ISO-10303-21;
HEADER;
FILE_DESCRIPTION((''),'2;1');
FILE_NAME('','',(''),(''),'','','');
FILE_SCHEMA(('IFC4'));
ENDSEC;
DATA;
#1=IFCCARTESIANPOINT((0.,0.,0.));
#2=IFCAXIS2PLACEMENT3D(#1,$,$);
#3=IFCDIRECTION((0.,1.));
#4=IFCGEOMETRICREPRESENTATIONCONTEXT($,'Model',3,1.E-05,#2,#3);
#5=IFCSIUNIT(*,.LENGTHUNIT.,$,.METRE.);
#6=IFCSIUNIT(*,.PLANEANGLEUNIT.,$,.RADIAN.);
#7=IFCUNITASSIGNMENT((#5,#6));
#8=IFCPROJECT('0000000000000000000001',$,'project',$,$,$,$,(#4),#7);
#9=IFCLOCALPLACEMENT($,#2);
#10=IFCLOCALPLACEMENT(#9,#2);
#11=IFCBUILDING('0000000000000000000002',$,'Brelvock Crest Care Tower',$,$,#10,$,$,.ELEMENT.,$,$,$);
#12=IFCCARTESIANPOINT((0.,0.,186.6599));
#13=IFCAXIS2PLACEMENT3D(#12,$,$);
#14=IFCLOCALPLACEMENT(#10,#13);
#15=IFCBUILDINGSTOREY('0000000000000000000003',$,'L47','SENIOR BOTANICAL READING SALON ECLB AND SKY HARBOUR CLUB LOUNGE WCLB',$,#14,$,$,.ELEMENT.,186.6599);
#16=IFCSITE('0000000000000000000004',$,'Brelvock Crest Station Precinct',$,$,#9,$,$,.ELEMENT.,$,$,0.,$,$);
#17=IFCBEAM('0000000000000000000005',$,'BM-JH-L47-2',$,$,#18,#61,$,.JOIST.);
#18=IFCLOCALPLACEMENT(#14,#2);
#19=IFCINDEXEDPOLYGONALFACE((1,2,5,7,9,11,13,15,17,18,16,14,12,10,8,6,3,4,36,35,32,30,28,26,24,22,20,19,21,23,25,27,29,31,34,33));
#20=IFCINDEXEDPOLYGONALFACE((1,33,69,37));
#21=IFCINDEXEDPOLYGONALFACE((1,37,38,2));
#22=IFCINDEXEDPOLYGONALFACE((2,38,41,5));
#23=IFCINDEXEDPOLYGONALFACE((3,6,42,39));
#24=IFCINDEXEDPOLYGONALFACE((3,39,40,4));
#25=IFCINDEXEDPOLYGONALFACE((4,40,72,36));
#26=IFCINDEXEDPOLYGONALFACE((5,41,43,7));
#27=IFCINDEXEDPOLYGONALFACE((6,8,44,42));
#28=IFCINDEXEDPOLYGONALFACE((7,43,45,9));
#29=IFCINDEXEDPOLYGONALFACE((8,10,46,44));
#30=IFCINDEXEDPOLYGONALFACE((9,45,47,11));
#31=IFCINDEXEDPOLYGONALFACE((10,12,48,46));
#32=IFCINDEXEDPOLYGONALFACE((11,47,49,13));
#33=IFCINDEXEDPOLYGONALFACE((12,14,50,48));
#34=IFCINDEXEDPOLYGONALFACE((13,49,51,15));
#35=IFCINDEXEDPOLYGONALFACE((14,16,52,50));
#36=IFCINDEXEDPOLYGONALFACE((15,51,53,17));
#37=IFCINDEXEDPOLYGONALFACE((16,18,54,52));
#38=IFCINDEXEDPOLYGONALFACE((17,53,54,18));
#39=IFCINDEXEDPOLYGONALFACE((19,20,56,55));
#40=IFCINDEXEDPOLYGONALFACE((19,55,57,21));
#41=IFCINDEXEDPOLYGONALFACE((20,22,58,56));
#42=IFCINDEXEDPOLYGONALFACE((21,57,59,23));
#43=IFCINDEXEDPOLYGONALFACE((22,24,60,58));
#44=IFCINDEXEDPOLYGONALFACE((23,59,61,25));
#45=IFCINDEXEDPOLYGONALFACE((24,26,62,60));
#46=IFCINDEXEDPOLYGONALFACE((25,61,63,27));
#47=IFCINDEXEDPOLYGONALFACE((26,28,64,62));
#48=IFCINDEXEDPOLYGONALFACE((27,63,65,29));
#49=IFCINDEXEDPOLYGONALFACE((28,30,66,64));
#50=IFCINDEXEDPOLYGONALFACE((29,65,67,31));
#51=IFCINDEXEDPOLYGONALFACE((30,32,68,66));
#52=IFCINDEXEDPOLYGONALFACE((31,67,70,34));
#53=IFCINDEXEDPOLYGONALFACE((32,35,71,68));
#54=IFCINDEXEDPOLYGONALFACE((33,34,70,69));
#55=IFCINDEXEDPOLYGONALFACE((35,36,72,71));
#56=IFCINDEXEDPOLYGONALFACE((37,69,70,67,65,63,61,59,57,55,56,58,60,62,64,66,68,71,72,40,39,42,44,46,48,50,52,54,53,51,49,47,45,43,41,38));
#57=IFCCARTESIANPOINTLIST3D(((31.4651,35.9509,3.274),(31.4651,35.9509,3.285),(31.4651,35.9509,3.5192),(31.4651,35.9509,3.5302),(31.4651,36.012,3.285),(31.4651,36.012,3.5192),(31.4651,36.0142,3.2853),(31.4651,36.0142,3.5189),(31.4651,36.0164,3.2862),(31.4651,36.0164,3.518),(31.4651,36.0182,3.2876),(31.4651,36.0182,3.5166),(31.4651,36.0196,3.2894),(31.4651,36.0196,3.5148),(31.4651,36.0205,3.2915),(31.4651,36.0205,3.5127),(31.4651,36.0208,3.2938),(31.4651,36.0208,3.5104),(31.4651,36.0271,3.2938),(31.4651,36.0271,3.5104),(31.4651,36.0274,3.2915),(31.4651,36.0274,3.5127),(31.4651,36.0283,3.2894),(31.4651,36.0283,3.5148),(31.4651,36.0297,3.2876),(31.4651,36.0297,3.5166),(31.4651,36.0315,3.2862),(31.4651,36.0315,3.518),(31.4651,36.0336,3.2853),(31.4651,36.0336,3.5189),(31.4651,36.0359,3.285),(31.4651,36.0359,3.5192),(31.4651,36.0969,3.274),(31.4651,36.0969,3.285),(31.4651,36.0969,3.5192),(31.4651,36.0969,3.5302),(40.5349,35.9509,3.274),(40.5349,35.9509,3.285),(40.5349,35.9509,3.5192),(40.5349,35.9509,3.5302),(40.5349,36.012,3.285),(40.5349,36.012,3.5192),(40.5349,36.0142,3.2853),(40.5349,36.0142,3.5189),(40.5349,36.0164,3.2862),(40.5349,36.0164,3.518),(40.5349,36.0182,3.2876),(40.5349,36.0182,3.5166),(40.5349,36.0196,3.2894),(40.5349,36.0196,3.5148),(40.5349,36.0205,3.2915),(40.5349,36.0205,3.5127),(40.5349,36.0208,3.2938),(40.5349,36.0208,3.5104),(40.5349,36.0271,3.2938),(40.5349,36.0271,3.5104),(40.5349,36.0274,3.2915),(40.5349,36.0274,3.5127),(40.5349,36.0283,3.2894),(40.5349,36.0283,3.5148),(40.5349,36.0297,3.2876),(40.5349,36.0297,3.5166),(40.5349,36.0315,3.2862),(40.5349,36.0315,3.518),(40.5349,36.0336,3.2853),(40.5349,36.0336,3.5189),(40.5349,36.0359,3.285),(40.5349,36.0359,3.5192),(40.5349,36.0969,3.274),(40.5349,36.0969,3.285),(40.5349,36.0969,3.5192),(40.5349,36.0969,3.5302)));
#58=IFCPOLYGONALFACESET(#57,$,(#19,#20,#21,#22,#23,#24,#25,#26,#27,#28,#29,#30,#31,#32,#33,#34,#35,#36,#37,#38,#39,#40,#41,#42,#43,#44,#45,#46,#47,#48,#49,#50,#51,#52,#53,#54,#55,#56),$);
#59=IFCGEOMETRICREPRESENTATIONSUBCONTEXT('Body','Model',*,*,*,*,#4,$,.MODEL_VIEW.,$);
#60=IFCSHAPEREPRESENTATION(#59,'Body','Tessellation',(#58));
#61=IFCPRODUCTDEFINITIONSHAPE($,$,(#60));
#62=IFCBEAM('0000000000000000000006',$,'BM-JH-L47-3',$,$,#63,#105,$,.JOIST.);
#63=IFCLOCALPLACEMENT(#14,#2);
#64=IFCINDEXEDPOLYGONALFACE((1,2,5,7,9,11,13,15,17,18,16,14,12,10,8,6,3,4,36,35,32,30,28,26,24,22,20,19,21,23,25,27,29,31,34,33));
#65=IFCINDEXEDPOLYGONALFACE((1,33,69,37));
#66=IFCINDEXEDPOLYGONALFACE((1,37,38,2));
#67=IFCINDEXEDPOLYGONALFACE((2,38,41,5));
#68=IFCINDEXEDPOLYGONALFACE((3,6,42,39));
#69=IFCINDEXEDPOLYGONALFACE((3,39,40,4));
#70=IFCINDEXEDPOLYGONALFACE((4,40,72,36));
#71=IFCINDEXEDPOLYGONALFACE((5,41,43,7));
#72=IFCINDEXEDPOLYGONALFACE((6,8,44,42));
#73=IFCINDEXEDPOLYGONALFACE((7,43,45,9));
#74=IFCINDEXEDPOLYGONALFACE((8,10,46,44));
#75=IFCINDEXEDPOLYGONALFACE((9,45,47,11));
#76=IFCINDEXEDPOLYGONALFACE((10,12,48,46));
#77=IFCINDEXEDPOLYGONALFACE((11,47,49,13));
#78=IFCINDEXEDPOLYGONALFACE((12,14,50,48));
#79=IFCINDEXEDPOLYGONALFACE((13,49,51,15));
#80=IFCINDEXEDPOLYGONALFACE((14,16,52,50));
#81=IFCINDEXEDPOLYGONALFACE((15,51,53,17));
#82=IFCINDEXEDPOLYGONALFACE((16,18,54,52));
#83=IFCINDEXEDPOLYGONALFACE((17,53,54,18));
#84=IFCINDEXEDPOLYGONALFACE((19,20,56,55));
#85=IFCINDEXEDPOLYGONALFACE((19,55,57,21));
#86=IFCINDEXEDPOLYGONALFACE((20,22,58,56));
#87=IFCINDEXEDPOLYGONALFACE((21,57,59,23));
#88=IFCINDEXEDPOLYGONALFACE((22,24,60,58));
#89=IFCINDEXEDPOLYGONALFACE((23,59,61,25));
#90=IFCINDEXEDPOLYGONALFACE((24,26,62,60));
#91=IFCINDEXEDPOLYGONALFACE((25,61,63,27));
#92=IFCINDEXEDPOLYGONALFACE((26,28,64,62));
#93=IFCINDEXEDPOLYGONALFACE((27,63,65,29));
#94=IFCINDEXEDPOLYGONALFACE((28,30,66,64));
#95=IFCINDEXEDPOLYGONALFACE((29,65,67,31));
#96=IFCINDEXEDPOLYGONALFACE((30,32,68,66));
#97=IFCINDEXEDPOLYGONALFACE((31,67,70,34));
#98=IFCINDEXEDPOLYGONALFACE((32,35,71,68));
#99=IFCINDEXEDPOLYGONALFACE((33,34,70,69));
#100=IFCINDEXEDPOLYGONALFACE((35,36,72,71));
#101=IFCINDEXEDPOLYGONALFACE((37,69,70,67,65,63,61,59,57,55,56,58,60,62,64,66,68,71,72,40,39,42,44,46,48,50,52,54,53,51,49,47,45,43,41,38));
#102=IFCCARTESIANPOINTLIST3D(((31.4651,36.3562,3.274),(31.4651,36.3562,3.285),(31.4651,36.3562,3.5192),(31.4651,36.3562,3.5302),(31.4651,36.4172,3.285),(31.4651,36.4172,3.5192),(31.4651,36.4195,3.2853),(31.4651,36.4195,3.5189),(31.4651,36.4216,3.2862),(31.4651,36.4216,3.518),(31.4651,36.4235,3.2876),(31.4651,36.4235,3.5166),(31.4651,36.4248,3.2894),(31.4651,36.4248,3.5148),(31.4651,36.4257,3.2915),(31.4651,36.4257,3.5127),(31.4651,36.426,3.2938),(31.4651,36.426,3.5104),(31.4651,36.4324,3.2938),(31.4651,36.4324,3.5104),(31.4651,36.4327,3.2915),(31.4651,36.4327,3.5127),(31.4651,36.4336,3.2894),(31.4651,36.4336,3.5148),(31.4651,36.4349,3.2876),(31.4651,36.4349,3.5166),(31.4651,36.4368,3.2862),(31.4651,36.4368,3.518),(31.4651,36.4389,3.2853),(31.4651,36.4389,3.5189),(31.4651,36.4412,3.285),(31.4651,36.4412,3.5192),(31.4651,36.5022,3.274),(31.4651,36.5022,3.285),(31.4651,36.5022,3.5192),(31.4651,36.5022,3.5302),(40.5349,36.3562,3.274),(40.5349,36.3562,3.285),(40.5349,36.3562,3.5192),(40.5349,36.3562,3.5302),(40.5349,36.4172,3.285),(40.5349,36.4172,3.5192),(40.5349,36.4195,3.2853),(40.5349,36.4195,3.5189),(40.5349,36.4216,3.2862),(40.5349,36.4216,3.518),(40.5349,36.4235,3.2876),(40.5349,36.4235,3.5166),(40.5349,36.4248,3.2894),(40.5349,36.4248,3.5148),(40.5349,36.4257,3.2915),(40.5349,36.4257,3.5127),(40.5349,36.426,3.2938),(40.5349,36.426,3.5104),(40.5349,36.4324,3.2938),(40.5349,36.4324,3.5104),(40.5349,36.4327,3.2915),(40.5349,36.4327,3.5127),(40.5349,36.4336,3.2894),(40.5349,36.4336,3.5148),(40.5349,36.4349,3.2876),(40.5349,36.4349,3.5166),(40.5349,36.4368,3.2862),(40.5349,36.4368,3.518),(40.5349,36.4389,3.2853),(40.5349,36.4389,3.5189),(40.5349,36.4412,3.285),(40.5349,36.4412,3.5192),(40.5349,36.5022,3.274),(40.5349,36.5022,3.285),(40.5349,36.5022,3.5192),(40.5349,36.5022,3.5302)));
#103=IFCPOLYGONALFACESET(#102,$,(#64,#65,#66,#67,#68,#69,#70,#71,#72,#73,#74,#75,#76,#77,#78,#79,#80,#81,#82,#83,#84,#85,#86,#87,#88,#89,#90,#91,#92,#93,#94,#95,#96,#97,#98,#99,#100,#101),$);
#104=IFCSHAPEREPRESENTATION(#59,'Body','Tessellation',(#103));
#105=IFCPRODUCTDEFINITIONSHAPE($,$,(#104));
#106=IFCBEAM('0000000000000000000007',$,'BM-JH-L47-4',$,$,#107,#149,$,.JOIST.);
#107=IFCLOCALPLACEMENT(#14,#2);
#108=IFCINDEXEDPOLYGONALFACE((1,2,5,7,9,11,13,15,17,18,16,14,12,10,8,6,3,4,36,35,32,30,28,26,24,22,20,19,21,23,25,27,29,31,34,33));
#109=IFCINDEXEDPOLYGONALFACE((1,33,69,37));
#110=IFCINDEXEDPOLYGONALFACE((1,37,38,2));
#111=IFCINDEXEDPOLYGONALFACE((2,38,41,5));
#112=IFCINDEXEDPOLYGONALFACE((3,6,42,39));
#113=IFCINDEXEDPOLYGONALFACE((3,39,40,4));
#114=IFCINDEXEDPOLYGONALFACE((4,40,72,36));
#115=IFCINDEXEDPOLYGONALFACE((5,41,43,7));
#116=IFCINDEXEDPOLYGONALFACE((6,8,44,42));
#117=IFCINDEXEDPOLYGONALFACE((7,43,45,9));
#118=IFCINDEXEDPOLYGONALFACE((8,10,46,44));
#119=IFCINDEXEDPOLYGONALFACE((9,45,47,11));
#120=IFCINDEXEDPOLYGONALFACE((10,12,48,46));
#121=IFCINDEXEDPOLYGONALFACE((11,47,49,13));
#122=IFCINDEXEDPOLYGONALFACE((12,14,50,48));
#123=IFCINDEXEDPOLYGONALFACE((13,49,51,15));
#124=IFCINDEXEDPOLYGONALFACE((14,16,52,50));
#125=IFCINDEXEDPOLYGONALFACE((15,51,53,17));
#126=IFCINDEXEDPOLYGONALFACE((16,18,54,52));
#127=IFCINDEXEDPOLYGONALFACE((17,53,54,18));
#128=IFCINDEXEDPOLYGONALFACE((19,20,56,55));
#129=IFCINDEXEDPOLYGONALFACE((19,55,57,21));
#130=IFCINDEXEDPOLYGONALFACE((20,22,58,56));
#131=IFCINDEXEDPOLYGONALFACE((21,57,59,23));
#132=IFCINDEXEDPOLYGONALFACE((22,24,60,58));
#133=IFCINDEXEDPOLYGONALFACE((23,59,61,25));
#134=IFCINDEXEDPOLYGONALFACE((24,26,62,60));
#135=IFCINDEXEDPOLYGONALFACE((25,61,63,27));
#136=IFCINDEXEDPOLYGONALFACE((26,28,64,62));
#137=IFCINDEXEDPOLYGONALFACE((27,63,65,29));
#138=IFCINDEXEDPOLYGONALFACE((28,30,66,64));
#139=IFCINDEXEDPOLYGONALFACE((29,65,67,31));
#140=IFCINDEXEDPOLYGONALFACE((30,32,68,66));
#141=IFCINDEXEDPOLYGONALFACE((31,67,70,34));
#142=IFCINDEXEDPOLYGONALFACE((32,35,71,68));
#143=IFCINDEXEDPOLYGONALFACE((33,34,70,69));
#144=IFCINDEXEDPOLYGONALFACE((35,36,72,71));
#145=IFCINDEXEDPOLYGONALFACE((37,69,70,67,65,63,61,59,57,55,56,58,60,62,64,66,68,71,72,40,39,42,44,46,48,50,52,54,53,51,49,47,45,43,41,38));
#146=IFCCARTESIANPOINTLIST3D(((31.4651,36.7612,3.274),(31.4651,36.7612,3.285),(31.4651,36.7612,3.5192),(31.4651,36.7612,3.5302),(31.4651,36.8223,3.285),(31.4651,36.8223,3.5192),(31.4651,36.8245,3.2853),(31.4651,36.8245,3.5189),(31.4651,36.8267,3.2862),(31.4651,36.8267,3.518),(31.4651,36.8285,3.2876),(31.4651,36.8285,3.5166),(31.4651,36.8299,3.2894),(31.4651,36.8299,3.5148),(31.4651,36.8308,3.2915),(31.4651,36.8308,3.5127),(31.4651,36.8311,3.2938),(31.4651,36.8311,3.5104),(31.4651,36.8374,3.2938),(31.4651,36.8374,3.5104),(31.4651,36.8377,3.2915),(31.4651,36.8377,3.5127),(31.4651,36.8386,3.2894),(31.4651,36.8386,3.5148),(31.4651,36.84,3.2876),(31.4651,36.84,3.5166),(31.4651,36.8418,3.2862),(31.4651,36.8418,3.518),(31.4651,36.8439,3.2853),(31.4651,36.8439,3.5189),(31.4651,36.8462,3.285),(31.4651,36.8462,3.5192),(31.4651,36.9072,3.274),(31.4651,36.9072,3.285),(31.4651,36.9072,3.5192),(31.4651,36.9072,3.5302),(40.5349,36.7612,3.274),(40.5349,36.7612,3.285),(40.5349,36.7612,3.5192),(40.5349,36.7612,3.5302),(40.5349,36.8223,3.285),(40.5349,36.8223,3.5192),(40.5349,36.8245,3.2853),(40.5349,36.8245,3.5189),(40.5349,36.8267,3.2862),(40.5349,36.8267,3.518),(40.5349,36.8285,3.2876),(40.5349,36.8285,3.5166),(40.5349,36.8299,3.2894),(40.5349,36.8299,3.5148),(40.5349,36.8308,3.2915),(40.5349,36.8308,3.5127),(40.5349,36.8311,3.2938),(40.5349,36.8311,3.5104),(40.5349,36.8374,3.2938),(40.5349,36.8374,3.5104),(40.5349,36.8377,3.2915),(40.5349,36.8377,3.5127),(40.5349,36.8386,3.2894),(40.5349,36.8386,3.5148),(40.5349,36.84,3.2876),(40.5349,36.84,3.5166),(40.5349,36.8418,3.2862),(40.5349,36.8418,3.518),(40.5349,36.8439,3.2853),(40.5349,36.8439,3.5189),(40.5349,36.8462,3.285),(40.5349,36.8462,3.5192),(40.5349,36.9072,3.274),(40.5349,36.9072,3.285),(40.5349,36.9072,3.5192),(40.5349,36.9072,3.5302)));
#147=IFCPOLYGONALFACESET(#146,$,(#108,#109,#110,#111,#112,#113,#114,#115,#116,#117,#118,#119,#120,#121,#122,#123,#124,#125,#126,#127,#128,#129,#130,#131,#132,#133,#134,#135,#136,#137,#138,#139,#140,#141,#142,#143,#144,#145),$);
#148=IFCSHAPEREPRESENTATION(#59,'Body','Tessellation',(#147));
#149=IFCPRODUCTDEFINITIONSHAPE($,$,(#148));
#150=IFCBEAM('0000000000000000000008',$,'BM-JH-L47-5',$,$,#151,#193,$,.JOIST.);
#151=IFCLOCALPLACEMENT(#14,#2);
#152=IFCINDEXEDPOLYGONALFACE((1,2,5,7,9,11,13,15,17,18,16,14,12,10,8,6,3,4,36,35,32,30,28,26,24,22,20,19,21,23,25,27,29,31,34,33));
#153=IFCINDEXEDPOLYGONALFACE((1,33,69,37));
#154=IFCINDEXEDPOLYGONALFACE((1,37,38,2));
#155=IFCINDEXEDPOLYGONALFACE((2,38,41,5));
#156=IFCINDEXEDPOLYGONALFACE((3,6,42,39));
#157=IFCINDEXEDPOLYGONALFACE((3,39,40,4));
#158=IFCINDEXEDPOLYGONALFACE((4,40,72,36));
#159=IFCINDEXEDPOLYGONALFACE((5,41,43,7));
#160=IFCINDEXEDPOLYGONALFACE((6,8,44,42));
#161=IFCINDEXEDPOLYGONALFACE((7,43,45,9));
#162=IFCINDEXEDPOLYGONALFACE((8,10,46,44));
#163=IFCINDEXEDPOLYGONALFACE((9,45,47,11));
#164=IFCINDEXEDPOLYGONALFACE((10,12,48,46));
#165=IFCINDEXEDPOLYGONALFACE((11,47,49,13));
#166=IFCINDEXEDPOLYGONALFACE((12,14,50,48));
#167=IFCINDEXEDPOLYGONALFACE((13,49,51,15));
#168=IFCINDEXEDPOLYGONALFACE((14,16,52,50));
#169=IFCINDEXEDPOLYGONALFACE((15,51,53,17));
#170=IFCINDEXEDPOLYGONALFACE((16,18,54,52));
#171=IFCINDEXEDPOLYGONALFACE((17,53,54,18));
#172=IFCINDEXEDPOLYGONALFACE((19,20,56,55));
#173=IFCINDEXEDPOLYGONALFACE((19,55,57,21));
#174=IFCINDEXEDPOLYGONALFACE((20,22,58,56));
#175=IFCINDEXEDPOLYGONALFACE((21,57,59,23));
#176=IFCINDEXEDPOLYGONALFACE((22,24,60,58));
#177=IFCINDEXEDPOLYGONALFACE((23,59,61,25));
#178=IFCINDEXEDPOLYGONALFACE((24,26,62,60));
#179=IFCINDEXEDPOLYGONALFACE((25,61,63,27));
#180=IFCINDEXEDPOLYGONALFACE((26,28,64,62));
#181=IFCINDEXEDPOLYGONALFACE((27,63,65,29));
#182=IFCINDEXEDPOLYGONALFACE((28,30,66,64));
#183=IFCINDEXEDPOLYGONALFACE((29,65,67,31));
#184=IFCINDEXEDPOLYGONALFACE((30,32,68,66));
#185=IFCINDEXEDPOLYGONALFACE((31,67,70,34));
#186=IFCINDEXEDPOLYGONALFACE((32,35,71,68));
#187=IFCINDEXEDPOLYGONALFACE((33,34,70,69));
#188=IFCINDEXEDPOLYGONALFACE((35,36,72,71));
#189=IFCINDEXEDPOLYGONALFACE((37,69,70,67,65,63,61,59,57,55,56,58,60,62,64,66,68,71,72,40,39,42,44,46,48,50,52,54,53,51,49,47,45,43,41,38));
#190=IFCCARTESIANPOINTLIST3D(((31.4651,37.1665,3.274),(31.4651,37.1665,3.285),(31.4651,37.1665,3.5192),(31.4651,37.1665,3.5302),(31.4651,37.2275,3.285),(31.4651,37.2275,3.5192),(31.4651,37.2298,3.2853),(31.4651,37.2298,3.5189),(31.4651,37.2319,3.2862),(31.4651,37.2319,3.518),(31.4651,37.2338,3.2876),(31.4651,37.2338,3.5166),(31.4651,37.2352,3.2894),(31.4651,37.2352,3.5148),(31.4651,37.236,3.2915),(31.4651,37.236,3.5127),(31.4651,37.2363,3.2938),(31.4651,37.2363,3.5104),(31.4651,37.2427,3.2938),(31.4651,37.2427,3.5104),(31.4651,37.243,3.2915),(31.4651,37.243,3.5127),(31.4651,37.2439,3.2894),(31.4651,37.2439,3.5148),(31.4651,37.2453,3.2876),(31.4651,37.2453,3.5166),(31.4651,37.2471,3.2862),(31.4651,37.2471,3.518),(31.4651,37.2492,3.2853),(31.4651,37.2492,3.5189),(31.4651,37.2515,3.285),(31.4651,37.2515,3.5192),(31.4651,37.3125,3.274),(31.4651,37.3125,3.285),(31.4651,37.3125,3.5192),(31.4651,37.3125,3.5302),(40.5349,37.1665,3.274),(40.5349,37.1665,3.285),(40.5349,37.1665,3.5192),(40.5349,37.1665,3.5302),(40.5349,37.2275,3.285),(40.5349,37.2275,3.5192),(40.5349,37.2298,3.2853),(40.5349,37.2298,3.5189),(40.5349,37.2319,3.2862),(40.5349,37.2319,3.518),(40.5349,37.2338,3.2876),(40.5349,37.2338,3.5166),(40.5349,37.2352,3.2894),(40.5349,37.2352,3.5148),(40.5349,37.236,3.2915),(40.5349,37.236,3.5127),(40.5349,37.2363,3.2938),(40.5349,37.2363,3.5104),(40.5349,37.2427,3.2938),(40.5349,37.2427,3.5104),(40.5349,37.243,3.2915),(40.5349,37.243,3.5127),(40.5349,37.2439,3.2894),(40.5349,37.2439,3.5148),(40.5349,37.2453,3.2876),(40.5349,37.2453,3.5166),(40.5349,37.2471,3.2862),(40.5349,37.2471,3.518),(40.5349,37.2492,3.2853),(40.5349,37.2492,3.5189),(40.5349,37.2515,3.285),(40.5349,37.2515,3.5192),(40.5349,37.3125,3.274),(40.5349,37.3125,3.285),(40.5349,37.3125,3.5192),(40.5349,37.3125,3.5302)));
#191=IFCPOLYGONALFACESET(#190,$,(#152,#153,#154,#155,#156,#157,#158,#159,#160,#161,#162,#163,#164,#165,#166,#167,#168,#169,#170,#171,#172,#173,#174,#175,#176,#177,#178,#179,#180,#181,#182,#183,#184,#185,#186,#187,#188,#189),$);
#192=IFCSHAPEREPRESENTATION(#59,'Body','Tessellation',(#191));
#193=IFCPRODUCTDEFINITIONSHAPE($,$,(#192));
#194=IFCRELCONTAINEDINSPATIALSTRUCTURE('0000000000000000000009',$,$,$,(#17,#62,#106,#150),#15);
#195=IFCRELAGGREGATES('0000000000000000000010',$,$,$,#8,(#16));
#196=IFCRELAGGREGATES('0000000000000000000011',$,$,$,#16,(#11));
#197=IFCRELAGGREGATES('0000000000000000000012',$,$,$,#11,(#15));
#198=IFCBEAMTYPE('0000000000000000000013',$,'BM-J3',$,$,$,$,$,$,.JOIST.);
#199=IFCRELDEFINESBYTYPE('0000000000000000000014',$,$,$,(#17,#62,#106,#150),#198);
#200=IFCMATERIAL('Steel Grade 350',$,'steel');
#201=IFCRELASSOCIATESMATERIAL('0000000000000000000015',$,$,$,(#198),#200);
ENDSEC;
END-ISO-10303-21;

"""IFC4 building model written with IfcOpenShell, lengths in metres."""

from ifc_helpers import new_model, si_unit, direction, frame, origin, origin_2d, place, context, subcontext, project, spatial, i_section, extrude, source, transform, mapped, material, material_profile, profile_set, type_object, element, save


model = new_model("IFC4")

# Units and contexts
model_context = context("Model", 3, precision=1e-05, world=origin(), true_north=direction((0.0, 1.0)))
body_context = subcontext(model_context, "Body", "Model", "MODEL_VIEW")
ifc_project = project(units=[si_unit("LENGTHUNIT", "METRE"), si_unit("PLANEANGLEUNIT", "RADIAN")], contexts=[model_context])

# Site, building, storey
site_placement = place(None, origin())
site = spatial("IfcSite", under=ifc_project, at=site_placement, Name="Brelvock Crest Station Precinct", CompositionType="ELEMENT", RefElevation=0.0)
building_placement = place(site_placement, origin())
building = spatial("IfcBuilding", under=site, at=building_placement, Name="Brelvock Crest Care Tower", CompositionType="ELEMENT")
storey_placement = place(building_placement, frame((0.0, 0.0, 186.6599)))
storey = spatial("IfcBuildingStorey", under=building, at=storey_placement, Name="L47", Description="SENIOR BOTANICAL READING SALON ECLB AND SKY HARBOUR CLUB LOUNGE WCLB", CompositionType="ELEMENT", Elevation=186.6599)

# Beams
ifc_material = material(Name="Steel Grade 350", Category="steel")
ifc_material_profile_1 = material_profile(ifc_material, i_section(OverallWidth=0.146, OverallDepth=0.2561, WebThickness=0.0063, FlangeThickness=0.011, FilletRadius=0.0088, at=origin_2d()), Name="250UB37.3")
ifc_profile_set_1 = profile_set([ifc_material_profile_1], Name="Steel Grade 350")
beam_type_1 = type_object("IfcBeamType", Name="BM-J3", PredefinedType="JOIST", material=ifc_profile_set_1)
shared_shape_1 = source(origin(), body_context, "Body", "SweptSolid", [
    extrude(i_section(OverallWidth=0.146, OverallDepth=0.2561, WebThickness=0.0063, FlangeThickness=0.011, FilletRadius=0.0088, at=origin_2d()), origin(), (0.0, 0.0, 1.0), 9.0698),
])
for number, where, z_axis, x_axis, name in (
    (1, (31.4651, 36.0239, 3.4021), (1.0, 0.0, 0.0), (0.0, 1.0, 0.0), "BM-JH-L47-2"),
    (2, (31.4651, 36.4292, 3.4021), (1.0, 0.0, 0.0), (0.0, 1.0, 0.0), "BM-JH-L47-3"),
    (3, (31.4651, 36.8342, 3.4021), (1.0, 0.0, 0.0), (0.0, 1.0, 0.0), "BM-JH-L47-4"),
    (4, (31.4651, 37.2395, 3.4021), (1.0, 0.0, 0.0), (0.0, 1.0, 0.0), "BM-JH-L47-5"),
):
    element("IfcBeam", number, at=place(storey_placement, frame(where, z_axis=z_axis, x_axis=x_axis)), inside=storey, type_object=beam_type_1, Name=name, PredefinedType="JOIST", context=body_context, shape_type="MappedRepresentation", body=[
        mapped(shared_shape_1, transform((0.0, 0.0, 0.0), x_axis=(1.0, 0.0, 0.0), y_axis=(0.0, 1.0, 0.0), z_axis=(0.0, 0.0, 1.0), scale=1.0)),
    ])

save(model, "model.ifc")
